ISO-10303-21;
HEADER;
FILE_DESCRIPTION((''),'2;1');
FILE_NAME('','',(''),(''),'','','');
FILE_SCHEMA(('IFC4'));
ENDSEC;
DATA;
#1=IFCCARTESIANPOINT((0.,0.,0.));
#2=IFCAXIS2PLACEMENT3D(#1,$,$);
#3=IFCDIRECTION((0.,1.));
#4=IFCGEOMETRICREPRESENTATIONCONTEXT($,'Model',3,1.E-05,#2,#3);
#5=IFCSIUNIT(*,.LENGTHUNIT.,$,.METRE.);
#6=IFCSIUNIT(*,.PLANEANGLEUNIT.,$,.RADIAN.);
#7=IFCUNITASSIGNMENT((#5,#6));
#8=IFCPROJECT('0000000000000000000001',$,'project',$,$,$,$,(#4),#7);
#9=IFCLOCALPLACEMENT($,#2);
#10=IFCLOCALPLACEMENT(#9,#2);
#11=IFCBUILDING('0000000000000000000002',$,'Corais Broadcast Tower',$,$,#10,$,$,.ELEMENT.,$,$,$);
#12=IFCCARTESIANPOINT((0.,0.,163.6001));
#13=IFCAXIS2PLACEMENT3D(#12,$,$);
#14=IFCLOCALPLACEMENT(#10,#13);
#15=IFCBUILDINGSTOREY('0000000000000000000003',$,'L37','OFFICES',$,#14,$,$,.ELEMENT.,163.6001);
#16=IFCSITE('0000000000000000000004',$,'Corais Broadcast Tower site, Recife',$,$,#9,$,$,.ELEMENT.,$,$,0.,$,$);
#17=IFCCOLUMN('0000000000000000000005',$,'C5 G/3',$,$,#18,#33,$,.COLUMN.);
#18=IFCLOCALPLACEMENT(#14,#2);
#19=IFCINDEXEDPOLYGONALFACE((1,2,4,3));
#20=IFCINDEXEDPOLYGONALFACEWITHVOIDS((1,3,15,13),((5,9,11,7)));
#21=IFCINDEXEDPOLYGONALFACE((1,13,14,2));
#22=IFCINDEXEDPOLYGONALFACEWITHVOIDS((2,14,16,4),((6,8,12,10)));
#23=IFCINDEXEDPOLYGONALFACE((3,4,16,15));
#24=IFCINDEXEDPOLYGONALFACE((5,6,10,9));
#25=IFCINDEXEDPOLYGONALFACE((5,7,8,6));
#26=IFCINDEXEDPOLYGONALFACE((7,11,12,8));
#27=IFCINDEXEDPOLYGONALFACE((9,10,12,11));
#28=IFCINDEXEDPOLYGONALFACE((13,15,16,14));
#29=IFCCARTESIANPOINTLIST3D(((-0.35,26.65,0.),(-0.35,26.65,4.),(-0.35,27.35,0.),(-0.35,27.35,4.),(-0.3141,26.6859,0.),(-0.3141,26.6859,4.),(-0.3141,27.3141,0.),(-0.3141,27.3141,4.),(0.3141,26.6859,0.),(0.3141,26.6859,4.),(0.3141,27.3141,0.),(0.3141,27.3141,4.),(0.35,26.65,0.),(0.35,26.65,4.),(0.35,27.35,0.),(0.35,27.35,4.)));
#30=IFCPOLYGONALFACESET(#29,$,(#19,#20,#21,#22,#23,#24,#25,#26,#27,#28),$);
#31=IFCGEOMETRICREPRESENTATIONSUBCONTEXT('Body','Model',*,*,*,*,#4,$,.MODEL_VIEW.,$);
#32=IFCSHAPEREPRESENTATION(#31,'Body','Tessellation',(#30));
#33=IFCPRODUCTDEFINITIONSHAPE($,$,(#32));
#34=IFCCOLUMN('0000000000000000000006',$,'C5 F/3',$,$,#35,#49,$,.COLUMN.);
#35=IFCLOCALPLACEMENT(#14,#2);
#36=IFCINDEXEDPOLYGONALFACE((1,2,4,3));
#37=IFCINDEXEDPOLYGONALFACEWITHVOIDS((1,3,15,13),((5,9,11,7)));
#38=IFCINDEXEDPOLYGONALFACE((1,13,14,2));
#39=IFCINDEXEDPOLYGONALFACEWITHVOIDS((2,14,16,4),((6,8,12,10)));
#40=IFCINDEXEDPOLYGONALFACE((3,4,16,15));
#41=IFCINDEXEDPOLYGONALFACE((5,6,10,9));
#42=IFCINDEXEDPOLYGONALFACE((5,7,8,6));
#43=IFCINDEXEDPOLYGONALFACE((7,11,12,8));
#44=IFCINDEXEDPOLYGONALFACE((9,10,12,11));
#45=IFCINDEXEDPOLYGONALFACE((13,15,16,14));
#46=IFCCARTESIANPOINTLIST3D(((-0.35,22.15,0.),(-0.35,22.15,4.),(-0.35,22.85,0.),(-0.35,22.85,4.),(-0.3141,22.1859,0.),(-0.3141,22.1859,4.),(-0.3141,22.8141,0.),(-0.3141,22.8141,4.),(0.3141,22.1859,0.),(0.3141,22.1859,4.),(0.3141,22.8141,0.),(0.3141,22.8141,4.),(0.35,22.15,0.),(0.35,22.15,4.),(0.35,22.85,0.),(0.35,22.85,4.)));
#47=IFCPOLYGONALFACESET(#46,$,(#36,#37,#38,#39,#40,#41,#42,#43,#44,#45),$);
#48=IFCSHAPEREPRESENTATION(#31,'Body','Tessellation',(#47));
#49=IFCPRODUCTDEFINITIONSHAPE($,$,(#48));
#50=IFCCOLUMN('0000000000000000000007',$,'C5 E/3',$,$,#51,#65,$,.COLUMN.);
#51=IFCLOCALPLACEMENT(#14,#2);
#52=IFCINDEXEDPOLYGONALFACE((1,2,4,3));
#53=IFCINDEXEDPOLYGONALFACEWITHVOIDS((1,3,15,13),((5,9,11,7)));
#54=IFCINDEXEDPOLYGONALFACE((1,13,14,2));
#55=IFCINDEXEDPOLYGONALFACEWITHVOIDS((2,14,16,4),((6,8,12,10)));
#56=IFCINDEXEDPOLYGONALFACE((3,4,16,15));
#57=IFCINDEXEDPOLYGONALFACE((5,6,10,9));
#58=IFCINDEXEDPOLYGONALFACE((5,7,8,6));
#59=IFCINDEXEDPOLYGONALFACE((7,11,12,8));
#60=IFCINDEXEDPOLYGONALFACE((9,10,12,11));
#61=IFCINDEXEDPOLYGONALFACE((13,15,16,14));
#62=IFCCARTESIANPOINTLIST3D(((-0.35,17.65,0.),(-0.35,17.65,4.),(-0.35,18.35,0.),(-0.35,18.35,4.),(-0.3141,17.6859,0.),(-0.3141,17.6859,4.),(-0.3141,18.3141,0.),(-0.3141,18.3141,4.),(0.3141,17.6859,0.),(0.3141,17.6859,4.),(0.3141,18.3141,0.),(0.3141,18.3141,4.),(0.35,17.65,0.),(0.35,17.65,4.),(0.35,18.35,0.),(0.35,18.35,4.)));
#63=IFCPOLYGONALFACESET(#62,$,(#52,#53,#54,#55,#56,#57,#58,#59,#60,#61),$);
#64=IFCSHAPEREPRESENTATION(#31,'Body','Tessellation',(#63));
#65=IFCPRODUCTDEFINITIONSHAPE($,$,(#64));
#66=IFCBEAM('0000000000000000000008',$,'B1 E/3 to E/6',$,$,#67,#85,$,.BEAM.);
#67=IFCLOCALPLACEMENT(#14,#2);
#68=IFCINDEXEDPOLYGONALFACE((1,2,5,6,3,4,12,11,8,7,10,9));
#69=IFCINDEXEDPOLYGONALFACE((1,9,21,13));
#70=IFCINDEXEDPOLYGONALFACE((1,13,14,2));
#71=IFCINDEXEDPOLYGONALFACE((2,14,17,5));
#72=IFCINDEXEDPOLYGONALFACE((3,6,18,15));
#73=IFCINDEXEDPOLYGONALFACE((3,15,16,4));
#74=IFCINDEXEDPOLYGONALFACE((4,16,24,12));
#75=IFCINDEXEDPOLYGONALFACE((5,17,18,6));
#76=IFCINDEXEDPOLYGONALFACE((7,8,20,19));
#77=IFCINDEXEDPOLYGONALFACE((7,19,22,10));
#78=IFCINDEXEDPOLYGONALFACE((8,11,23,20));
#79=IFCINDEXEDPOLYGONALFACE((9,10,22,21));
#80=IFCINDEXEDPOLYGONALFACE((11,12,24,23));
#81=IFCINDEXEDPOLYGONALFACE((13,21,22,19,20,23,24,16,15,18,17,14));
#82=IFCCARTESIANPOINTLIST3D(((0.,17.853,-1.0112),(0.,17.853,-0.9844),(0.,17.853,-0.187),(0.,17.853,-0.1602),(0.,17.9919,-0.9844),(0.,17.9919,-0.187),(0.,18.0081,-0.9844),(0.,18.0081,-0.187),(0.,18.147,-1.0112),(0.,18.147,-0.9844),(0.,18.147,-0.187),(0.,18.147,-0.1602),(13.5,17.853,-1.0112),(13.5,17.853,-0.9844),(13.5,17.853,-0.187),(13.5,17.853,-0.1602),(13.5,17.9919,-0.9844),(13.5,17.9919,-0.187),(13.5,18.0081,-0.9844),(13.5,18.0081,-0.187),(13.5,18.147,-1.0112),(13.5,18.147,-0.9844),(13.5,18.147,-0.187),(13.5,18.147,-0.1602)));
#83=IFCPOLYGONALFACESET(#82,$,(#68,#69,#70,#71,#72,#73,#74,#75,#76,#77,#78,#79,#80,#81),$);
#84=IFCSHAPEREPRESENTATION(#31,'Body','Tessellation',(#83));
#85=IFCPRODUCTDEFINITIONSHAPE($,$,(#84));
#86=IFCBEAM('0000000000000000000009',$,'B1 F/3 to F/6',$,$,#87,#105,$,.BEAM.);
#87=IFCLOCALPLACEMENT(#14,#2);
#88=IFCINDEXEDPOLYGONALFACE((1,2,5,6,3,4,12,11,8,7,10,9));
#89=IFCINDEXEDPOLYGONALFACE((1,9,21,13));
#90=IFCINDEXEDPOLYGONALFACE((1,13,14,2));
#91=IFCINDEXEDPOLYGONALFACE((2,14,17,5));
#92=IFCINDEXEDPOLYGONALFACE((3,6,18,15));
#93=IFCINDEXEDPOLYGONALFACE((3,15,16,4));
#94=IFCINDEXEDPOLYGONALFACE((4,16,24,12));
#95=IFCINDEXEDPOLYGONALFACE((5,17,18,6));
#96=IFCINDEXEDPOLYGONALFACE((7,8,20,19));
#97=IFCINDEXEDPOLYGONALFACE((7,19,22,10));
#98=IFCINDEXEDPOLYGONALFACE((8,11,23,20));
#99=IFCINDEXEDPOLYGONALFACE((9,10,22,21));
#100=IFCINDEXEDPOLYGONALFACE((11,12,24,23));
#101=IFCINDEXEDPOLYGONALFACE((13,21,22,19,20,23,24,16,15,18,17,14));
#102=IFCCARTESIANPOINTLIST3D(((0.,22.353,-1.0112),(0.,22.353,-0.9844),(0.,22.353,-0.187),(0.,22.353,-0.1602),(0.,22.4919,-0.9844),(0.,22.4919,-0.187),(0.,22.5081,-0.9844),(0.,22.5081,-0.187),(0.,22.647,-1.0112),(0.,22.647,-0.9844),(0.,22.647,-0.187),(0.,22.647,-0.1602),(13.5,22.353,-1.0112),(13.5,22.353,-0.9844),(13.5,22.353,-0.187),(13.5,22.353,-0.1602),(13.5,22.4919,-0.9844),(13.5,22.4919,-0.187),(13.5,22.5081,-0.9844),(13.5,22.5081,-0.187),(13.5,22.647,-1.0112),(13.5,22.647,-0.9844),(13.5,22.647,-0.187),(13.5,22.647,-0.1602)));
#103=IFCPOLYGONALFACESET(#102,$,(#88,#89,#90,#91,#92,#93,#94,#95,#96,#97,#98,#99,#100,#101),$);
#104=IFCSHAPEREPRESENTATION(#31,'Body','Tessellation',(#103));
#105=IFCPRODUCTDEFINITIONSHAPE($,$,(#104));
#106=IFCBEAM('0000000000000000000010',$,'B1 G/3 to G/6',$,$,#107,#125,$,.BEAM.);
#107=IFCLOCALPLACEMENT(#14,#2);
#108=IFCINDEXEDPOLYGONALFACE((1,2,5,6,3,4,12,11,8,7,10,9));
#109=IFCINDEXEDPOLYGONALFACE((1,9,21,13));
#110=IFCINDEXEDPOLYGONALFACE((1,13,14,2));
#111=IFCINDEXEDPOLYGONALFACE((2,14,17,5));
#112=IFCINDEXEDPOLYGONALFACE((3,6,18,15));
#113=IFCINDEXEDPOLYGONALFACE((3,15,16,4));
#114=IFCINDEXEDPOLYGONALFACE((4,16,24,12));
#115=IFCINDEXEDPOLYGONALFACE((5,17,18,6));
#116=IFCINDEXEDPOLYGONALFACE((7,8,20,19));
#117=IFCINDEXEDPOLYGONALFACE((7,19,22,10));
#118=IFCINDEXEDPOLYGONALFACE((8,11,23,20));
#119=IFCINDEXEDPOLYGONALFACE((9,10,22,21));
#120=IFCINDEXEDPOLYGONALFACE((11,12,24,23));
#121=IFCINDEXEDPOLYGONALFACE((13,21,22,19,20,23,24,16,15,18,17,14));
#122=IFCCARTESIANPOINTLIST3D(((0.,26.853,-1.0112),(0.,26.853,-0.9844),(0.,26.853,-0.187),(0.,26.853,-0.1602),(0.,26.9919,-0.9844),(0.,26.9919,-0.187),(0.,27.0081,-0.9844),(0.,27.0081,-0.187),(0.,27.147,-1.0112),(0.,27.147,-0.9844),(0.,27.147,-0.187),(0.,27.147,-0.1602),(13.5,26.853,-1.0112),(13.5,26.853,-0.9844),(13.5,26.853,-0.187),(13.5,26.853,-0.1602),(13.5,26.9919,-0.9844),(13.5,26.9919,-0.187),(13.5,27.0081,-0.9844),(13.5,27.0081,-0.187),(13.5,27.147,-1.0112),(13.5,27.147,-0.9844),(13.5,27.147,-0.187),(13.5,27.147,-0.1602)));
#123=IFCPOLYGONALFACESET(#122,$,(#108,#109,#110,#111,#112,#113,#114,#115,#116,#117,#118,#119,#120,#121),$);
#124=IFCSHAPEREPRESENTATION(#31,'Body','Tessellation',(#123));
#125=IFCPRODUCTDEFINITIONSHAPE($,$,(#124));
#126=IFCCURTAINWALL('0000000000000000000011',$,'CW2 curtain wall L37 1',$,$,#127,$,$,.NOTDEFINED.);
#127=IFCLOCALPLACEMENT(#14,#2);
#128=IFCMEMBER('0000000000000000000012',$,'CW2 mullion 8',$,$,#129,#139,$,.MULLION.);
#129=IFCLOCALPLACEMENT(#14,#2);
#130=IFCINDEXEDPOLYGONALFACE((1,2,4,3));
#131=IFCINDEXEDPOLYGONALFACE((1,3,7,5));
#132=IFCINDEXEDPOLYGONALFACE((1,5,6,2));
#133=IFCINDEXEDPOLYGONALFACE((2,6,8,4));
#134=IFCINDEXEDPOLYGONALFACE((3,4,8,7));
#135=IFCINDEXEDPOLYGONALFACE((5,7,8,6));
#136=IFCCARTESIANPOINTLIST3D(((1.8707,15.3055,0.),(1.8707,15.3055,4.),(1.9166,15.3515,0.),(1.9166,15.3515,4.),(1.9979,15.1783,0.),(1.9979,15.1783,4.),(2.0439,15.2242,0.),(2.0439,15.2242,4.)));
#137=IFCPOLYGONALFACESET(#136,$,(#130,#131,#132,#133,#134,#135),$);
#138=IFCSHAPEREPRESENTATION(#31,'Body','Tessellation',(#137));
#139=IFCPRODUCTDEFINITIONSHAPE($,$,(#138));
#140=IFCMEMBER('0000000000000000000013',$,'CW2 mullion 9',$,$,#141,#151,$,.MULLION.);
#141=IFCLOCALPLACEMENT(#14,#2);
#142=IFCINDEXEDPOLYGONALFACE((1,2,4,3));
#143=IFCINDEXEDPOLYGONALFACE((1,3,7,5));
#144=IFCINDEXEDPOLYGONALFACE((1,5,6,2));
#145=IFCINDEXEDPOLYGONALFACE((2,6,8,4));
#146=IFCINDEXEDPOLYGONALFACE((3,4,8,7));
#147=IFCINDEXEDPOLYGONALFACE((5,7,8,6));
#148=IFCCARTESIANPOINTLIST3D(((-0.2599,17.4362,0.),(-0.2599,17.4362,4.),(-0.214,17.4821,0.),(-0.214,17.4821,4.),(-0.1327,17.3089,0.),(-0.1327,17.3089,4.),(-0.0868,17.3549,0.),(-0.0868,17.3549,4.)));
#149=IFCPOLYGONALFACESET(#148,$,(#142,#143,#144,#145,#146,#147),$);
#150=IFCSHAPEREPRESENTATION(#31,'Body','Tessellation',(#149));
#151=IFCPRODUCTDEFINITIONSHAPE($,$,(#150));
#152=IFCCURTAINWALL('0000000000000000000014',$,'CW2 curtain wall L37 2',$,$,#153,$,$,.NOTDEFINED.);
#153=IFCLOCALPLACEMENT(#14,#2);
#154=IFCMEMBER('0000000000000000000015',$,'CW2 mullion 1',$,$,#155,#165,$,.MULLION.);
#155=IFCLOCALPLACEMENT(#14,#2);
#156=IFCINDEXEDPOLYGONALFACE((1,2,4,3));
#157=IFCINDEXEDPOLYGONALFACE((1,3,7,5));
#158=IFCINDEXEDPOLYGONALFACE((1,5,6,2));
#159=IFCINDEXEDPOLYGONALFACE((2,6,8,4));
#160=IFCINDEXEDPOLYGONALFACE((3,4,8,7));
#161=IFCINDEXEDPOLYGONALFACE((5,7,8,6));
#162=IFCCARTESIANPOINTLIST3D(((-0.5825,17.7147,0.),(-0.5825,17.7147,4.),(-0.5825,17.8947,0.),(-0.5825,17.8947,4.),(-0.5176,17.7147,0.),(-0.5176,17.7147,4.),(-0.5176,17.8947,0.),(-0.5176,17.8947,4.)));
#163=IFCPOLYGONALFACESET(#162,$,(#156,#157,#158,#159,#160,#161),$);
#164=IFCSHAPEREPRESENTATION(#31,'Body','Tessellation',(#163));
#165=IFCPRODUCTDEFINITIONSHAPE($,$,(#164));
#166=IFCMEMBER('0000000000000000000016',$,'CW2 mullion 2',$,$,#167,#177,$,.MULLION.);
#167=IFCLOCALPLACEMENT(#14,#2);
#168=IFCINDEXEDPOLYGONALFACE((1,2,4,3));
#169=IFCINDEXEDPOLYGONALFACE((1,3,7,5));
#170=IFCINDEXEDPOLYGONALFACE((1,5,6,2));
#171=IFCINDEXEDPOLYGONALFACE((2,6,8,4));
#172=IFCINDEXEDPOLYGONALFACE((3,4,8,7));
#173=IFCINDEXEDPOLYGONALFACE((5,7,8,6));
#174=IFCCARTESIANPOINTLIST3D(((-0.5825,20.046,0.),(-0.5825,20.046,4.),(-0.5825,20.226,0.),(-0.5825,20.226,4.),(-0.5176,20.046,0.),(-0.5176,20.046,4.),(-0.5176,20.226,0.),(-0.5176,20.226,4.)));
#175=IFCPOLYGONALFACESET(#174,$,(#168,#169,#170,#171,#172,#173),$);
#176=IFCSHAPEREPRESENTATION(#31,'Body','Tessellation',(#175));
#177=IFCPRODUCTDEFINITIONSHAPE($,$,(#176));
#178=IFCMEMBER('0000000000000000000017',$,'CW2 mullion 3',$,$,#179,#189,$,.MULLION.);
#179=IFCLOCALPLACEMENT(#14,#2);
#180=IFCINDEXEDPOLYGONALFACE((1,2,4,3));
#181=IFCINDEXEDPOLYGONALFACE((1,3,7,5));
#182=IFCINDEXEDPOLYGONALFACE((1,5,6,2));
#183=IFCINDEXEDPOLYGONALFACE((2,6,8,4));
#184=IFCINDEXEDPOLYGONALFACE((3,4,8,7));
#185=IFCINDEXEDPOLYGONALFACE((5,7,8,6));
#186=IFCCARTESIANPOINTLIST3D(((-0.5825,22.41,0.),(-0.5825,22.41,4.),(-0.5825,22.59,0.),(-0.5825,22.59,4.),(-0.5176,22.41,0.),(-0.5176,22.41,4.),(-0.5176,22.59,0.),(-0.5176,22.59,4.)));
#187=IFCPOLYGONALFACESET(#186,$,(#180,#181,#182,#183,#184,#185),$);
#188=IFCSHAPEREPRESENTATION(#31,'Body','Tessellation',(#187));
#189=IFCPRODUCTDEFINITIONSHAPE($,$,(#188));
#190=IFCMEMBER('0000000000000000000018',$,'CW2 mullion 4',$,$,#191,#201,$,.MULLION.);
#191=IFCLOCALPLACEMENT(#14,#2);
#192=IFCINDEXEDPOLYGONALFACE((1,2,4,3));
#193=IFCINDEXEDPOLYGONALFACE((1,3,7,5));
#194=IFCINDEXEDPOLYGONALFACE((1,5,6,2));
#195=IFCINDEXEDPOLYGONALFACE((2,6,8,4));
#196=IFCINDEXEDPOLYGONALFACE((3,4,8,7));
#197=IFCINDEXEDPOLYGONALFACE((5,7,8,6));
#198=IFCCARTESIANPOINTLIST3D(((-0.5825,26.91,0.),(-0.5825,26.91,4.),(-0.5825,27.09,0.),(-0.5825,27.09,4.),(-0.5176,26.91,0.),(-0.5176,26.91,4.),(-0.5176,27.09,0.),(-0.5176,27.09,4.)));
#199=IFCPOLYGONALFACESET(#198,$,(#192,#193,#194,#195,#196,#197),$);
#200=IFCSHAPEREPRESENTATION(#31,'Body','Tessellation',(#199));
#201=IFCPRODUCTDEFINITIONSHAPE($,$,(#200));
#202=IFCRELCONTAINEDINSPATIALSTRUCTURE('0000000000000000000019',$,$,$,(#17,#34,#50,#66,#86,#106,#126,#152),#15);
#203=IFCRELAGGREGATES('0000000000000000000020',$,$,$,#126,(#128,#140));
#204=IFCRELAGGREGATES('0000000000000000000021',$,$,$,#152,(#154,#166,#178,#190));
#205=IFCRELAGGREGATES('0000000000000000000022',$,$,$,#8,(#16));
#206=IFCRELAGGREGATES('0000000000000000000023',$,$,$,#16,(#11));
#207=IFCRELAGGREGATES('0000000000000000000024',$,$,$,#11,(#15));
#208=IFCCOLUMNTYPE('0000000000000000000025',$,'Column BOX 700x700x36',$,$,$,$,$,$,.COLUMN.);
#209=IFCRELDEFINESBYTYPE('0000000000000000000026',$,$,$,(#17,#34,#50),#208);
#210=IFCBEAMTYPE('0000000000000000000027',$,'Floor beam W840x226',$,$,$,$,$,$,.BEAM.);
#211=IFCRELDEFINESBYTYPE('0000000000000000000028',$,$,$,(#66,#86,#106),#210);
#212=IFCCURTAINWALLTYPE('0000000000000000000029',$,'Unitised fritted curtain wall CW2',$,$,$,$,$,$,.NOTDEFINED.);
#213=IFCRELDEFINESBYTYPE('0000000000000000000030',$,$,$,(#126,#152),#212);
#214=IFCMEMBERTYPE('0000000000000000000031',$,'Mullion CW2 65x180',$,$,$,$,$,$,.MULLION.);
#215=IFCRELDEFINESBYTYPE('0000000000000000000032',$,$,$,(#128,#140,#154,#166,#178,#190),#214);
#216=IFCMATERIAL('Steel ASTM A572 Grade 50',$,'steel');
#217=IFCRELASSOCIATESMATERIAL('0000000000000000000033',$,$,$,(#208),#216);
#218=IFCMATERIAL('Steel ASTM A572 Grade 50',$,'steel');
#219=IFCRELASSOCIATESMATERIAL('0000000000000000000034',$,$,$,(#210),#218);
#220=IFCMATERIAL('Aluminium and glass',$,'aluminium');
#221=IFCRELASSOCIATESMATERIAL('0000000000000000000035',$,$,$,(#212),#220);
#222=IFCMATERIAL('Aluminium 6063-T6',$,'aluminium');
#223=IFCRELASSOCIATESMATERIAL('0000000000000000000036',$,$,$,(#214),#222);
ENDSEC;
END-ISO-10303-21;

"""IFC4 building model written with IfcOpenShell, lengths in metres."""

from ifc_helpers import new_model, si_unit, direction, frame, origin, origin_2d, place, context, subcontext, project, spatial, rectangle, hollow_rectangle, i_section, extrude, material, material_profile, profile_set, type_object, element, aggregate, save


model = new_model("IFC4")

# Units and contexts
model_context = context("Model", 3, precision=1e-05, world=origin(), true_north=direction((0.0, 1.0)))
body_context = subcontext(model_context, "Body", "Model", "MODEL_VIEW")
ifc_project = project(units=[si_unit("LENGTHUNIT", "METRE"), si_unit("PLANEANGLEUNIT", "RADIAN")], contexts=[model_context])

# Site, building, storey
site_placement = place(None, origin())
site = spatial("IfcSite", under=ifc_project, at=site_placement, Name="Corais Broadcast Tower site, Recife", CompositionType="ELEMENT", RefElevation=0.0)
building_placement = place(site_placement, origin())
building = spatial("IfcBuilding", under=site, at=building_placement, Name="Corais Broadcast Tower", CompositionType="ELEMENT")
storey_placement = place(building_placement, frame((0.0, 0.0, 163.6001)))
storey = spatial("IfcBuildingStorey", under=building, at=storey_placement, Name="L37", Description="OFFICES", CompositionType="ELEMENT", Elevation=163.6001)

# Columns
ifc_material_1 = material(Name="Steel ASTM A572 Grade 50", Category="steel")
ifc_material_profile_1 = material_profile(ifc_material_1, hollow_rectangle(XDim=0.7, YDim=0.7, WallThickness=0.0359, at=origin_2d()), Name="BOX 700x700x36")
ifc_profile_set_1 = profile_set([ifc_material_profile_1], Name="Steel ASTM A572 Grade 50")
column_type = type_object("IfcColumnType", Name="Column BOX 700x700x36", PredefinedType="COLUMN", material=ifc_profile_set_1)
for number, where, z_axis, x_axis, name in (
    (1, (0.0, 27.0, 0.0), (0.0, 0.0, 1.0), (1.0, 0.0, 0.0), "C5 G/3"),
    (2, (0.0, 22.5, 0.0), (0.0, 0.0, 1.0), (1.0, 0.0, 0.0), "C5 F/3"),
    (3, (0.0, 18.0, 0.0), (0.0, 0.0, 1.0), (1.0, 0.0, 0.0), "C5 E/3"),
):
    element("IfcColumn", number, at=place(storey_placement, frame(where, z_axis=z_axis, x_axis=x_axis)), inside=storey, type_object=column_type, Name=name, PredefinedType="COLUMN", context=body_context, shape_type="SweptSolid", body=[
        extrude(hollow_rectangle(XDim=0.7, YDim=0.7, WallThickness=0.0359, at=origin_2d()), origin(), (0.0, 0.0, 1.0), 4.0),
    ])

# Beams
ifc_material_2 = material(Name="Steel ASTM A572 Grade 50", Category="steel")
ifc_material_profile_2 = material_profile(ifc_material_2, i_section(OverallWidth=0.2939, OverallDepth=0.8511, WebThickness=0.0161, FlangeThickness=0.0269, at=origin_2d()), Name="W840x226")
ifc_profile_set_2 = profile_set([ifc_material_profile_2], Name="Steel ASTM A572 Grade 50")
beam_type_1 = type_object("IfcBeamType", Name="Floor beam W840x226", PredefinedType="BEAM", material=ifc_profile_set_2)
for number, where, z_axis, x_axis, name in (
    (4, (0.0, 18.0, -0.5857), (1.0, 0.0, 0.0), (0.0, 1.0, 0.0), "B1 E/3 to E/6"),
    (5, (0.0, 22.5, -0.5857), (1.0, 0.0, 0.0), (0.0, 1.0, 0.0), "B1 F/3 to F/6"),
    (6, (0.0, 27.0, -0.5857), (1.0, 0.0, 0.0), (0.0, 1.0, 0.0), "B1 G/3 to G/6"),
):
    element("IfcBeam", number, at=place(storey_placement, frame(where, z_axis=z_axis, x_axis=x_axis)), inside=storey, type_object=beam_type_1, Name=name, PredefinedType="BEAM", context=body_context, shape_type="SweptSolid", body=[
        extrude(i_section(OverallWidth=0.2939, OverallDepth=0.8511, WebThickness=0.0161, FlangeThickness=0.0269, at=origin_2d()), origin(), (0.0, 0.0, 1.0), 13.5),
    ])

# Curtain walls, members
ifc_material_3 = material(Name="Aluminium and glass", Category="aluminium")
curtain_wall_type = type_object("IfcCurtainWallType", Name="Unitised fritted curtain wall CW2", PredefinedType="NOTDEFINED", material=ifc_material_3)
curtain_wall_1_placement = place(storey_placement, origin())
curtain_wall_1 = element("IfcCurtainWall", 7, at=curtain_wall_1_placement, inside=storey, type_object=curtain_wall_type, Name="CW2 curtain wall L37 1", PredefinedType="NOTDEFINED")
ifc_material_4 = material(Name="Aluminium 6063-T6", Category="aluminium")
ifc_material_profile_3 = material_profile(ifc_material_4, rectangle(XDim=0.0649, YDim=0.1799, at=origin_2d()), Name="Mullion CW2 65x180")
ifc_profile_set_3 = profile_set([ifc_material_profile_3], Name="Aluminium 6063-T6")
member_type_1 = type_object("IfcMemberType", Name="Mullion CW2 65x180", PredefinedType="MULLION", material=ifc_profile_set_3)
member_1_placement = place(storey_placement, frame((1.9573, 15.2649, 0.0), z_axis=(0.0, 0.0, 1.0), x_axis=(-0.707107, -0.707107, 0.0)))
member_1 = element("IfcMember", 8, at=member_1_placement, type_object=member_type_1, Name="CW2 mullion 8", PredefinedType="MULLION", context=body_context, shape_type="SweptSolid", body=[
    extrude(rectangle(XDim=0.0649, YDim=0.1799, at=origin_2d()), origin(), (0.0, 0.0, 1.0), 4.0),
])
member_2_placement = place(storey_placement, frame((-0.1733, 17.3955, 0.0), z_axis=(0.0, 0.0, 1.0), x_axis=(-0.707107, -0.707107, 0.0)))
member_2 = element("IfcMember", 9, at=member_2_placement, type_object=member_type_1, Name="CW2 mullion 9", PredefinedType="MULLION", context=body_context, shape_type="SweptSolid", body=[
    extrude(rectangle(XDim=0.0649, YDim=0.1799, at=origin_2d()), origin(), (0.0, 0.0, 1.0), 4.0),
])
curtain_wall_2_placement = place(storey_placement, origin())
curtain_wall_2 = element("IfcCurtainWall", 10, at=curtain_wall_2_placement, inside=storey, type_object=curtain_wall_type, Name="CW2 curtain wall L37 2", PredefinedType="NOTDEFINED")
member_3_placement = place(storey_placement, frame((-0.55, 17.8047, 0.0), z_axis=(0.0, 0.0, 1.0), x_axis=(-1.0, 0.0, 0.0)))
member_3 = element("IfcMember", 11, at=member_3_placement, type_object=member_type_1, Name="CW2 mullion 1", PredefinedType="MULLION", context=body_context, shape_type="SweptSolid", body=[
    extrude(rectangle(XDim=0.0649, YDim=0.1799, at=origin_2d()), origin(), (0.0, 0.0, 1.0), 4.0),
])
member_4_placement = place(storey_placement, frame((-0.55, 20.136, 0.0), z_axis=(0.0, 0.0, 1.0), x_axis=(-1.0, 0.0, 0.0)))
member_4 = element("IfcMember", 12, at=member_4_placement, type_object=member_type_1, Name="CW2 mullion 2", PredefinedType="MULLION", context=body_context, shape_type="SweptSolid", body=[
    extrude(rectangle(XDim=0.0649, YDim=0.1799, at=origin_2d()), origin(), (0.0, 0.0, 1.0), 4.0),
])
member_5_placement = place(storey_placement, frame((-0.55, 22.5, 0.0), z_axis=(0.0, 0.0, 1.0), x_axis=(-1.0, 0.0, 0.0)))
member_5 = element("IfcMember", 13, at=member_5_placement, type_object=member_type_1, Name="CW2 mullion 3", PredefinedType="MULLION", context=body_context, shape_type="SweptSolid", body=[
    extrude(rectangle(XDim=0.0649, YDim=0.1799, at=origin_2d()), origin(), (0.0, 0.0, 1.0), 4.0),
])
member_6_placement = place(storey_placement, frame((-0.55, 27.0, 0.0), z_axis=(0.0, 0.0, 1.0), x_axis=(-1.0, 0.0, 0.0)))
member_6 = element("IfcMember", 14, at=member_6_placement, type_object=member_type_1, Name="CW2 mullion 4", PredefinedType="MULLION", context=body_context, shape_type="SweptSolid", body=[
    extrude(rectangle(XDim=0.0649, YDim=0.1799, at=origin_2d()), origin(), (0.0, 0.0, 1.0), 4.0),
])

aggregate(curtain_wall_1, [member_1, member_2])
aggregate(curtain_wall_2, [member_3, member_4, member_5, member_6])

save(model, "model.ifc")
